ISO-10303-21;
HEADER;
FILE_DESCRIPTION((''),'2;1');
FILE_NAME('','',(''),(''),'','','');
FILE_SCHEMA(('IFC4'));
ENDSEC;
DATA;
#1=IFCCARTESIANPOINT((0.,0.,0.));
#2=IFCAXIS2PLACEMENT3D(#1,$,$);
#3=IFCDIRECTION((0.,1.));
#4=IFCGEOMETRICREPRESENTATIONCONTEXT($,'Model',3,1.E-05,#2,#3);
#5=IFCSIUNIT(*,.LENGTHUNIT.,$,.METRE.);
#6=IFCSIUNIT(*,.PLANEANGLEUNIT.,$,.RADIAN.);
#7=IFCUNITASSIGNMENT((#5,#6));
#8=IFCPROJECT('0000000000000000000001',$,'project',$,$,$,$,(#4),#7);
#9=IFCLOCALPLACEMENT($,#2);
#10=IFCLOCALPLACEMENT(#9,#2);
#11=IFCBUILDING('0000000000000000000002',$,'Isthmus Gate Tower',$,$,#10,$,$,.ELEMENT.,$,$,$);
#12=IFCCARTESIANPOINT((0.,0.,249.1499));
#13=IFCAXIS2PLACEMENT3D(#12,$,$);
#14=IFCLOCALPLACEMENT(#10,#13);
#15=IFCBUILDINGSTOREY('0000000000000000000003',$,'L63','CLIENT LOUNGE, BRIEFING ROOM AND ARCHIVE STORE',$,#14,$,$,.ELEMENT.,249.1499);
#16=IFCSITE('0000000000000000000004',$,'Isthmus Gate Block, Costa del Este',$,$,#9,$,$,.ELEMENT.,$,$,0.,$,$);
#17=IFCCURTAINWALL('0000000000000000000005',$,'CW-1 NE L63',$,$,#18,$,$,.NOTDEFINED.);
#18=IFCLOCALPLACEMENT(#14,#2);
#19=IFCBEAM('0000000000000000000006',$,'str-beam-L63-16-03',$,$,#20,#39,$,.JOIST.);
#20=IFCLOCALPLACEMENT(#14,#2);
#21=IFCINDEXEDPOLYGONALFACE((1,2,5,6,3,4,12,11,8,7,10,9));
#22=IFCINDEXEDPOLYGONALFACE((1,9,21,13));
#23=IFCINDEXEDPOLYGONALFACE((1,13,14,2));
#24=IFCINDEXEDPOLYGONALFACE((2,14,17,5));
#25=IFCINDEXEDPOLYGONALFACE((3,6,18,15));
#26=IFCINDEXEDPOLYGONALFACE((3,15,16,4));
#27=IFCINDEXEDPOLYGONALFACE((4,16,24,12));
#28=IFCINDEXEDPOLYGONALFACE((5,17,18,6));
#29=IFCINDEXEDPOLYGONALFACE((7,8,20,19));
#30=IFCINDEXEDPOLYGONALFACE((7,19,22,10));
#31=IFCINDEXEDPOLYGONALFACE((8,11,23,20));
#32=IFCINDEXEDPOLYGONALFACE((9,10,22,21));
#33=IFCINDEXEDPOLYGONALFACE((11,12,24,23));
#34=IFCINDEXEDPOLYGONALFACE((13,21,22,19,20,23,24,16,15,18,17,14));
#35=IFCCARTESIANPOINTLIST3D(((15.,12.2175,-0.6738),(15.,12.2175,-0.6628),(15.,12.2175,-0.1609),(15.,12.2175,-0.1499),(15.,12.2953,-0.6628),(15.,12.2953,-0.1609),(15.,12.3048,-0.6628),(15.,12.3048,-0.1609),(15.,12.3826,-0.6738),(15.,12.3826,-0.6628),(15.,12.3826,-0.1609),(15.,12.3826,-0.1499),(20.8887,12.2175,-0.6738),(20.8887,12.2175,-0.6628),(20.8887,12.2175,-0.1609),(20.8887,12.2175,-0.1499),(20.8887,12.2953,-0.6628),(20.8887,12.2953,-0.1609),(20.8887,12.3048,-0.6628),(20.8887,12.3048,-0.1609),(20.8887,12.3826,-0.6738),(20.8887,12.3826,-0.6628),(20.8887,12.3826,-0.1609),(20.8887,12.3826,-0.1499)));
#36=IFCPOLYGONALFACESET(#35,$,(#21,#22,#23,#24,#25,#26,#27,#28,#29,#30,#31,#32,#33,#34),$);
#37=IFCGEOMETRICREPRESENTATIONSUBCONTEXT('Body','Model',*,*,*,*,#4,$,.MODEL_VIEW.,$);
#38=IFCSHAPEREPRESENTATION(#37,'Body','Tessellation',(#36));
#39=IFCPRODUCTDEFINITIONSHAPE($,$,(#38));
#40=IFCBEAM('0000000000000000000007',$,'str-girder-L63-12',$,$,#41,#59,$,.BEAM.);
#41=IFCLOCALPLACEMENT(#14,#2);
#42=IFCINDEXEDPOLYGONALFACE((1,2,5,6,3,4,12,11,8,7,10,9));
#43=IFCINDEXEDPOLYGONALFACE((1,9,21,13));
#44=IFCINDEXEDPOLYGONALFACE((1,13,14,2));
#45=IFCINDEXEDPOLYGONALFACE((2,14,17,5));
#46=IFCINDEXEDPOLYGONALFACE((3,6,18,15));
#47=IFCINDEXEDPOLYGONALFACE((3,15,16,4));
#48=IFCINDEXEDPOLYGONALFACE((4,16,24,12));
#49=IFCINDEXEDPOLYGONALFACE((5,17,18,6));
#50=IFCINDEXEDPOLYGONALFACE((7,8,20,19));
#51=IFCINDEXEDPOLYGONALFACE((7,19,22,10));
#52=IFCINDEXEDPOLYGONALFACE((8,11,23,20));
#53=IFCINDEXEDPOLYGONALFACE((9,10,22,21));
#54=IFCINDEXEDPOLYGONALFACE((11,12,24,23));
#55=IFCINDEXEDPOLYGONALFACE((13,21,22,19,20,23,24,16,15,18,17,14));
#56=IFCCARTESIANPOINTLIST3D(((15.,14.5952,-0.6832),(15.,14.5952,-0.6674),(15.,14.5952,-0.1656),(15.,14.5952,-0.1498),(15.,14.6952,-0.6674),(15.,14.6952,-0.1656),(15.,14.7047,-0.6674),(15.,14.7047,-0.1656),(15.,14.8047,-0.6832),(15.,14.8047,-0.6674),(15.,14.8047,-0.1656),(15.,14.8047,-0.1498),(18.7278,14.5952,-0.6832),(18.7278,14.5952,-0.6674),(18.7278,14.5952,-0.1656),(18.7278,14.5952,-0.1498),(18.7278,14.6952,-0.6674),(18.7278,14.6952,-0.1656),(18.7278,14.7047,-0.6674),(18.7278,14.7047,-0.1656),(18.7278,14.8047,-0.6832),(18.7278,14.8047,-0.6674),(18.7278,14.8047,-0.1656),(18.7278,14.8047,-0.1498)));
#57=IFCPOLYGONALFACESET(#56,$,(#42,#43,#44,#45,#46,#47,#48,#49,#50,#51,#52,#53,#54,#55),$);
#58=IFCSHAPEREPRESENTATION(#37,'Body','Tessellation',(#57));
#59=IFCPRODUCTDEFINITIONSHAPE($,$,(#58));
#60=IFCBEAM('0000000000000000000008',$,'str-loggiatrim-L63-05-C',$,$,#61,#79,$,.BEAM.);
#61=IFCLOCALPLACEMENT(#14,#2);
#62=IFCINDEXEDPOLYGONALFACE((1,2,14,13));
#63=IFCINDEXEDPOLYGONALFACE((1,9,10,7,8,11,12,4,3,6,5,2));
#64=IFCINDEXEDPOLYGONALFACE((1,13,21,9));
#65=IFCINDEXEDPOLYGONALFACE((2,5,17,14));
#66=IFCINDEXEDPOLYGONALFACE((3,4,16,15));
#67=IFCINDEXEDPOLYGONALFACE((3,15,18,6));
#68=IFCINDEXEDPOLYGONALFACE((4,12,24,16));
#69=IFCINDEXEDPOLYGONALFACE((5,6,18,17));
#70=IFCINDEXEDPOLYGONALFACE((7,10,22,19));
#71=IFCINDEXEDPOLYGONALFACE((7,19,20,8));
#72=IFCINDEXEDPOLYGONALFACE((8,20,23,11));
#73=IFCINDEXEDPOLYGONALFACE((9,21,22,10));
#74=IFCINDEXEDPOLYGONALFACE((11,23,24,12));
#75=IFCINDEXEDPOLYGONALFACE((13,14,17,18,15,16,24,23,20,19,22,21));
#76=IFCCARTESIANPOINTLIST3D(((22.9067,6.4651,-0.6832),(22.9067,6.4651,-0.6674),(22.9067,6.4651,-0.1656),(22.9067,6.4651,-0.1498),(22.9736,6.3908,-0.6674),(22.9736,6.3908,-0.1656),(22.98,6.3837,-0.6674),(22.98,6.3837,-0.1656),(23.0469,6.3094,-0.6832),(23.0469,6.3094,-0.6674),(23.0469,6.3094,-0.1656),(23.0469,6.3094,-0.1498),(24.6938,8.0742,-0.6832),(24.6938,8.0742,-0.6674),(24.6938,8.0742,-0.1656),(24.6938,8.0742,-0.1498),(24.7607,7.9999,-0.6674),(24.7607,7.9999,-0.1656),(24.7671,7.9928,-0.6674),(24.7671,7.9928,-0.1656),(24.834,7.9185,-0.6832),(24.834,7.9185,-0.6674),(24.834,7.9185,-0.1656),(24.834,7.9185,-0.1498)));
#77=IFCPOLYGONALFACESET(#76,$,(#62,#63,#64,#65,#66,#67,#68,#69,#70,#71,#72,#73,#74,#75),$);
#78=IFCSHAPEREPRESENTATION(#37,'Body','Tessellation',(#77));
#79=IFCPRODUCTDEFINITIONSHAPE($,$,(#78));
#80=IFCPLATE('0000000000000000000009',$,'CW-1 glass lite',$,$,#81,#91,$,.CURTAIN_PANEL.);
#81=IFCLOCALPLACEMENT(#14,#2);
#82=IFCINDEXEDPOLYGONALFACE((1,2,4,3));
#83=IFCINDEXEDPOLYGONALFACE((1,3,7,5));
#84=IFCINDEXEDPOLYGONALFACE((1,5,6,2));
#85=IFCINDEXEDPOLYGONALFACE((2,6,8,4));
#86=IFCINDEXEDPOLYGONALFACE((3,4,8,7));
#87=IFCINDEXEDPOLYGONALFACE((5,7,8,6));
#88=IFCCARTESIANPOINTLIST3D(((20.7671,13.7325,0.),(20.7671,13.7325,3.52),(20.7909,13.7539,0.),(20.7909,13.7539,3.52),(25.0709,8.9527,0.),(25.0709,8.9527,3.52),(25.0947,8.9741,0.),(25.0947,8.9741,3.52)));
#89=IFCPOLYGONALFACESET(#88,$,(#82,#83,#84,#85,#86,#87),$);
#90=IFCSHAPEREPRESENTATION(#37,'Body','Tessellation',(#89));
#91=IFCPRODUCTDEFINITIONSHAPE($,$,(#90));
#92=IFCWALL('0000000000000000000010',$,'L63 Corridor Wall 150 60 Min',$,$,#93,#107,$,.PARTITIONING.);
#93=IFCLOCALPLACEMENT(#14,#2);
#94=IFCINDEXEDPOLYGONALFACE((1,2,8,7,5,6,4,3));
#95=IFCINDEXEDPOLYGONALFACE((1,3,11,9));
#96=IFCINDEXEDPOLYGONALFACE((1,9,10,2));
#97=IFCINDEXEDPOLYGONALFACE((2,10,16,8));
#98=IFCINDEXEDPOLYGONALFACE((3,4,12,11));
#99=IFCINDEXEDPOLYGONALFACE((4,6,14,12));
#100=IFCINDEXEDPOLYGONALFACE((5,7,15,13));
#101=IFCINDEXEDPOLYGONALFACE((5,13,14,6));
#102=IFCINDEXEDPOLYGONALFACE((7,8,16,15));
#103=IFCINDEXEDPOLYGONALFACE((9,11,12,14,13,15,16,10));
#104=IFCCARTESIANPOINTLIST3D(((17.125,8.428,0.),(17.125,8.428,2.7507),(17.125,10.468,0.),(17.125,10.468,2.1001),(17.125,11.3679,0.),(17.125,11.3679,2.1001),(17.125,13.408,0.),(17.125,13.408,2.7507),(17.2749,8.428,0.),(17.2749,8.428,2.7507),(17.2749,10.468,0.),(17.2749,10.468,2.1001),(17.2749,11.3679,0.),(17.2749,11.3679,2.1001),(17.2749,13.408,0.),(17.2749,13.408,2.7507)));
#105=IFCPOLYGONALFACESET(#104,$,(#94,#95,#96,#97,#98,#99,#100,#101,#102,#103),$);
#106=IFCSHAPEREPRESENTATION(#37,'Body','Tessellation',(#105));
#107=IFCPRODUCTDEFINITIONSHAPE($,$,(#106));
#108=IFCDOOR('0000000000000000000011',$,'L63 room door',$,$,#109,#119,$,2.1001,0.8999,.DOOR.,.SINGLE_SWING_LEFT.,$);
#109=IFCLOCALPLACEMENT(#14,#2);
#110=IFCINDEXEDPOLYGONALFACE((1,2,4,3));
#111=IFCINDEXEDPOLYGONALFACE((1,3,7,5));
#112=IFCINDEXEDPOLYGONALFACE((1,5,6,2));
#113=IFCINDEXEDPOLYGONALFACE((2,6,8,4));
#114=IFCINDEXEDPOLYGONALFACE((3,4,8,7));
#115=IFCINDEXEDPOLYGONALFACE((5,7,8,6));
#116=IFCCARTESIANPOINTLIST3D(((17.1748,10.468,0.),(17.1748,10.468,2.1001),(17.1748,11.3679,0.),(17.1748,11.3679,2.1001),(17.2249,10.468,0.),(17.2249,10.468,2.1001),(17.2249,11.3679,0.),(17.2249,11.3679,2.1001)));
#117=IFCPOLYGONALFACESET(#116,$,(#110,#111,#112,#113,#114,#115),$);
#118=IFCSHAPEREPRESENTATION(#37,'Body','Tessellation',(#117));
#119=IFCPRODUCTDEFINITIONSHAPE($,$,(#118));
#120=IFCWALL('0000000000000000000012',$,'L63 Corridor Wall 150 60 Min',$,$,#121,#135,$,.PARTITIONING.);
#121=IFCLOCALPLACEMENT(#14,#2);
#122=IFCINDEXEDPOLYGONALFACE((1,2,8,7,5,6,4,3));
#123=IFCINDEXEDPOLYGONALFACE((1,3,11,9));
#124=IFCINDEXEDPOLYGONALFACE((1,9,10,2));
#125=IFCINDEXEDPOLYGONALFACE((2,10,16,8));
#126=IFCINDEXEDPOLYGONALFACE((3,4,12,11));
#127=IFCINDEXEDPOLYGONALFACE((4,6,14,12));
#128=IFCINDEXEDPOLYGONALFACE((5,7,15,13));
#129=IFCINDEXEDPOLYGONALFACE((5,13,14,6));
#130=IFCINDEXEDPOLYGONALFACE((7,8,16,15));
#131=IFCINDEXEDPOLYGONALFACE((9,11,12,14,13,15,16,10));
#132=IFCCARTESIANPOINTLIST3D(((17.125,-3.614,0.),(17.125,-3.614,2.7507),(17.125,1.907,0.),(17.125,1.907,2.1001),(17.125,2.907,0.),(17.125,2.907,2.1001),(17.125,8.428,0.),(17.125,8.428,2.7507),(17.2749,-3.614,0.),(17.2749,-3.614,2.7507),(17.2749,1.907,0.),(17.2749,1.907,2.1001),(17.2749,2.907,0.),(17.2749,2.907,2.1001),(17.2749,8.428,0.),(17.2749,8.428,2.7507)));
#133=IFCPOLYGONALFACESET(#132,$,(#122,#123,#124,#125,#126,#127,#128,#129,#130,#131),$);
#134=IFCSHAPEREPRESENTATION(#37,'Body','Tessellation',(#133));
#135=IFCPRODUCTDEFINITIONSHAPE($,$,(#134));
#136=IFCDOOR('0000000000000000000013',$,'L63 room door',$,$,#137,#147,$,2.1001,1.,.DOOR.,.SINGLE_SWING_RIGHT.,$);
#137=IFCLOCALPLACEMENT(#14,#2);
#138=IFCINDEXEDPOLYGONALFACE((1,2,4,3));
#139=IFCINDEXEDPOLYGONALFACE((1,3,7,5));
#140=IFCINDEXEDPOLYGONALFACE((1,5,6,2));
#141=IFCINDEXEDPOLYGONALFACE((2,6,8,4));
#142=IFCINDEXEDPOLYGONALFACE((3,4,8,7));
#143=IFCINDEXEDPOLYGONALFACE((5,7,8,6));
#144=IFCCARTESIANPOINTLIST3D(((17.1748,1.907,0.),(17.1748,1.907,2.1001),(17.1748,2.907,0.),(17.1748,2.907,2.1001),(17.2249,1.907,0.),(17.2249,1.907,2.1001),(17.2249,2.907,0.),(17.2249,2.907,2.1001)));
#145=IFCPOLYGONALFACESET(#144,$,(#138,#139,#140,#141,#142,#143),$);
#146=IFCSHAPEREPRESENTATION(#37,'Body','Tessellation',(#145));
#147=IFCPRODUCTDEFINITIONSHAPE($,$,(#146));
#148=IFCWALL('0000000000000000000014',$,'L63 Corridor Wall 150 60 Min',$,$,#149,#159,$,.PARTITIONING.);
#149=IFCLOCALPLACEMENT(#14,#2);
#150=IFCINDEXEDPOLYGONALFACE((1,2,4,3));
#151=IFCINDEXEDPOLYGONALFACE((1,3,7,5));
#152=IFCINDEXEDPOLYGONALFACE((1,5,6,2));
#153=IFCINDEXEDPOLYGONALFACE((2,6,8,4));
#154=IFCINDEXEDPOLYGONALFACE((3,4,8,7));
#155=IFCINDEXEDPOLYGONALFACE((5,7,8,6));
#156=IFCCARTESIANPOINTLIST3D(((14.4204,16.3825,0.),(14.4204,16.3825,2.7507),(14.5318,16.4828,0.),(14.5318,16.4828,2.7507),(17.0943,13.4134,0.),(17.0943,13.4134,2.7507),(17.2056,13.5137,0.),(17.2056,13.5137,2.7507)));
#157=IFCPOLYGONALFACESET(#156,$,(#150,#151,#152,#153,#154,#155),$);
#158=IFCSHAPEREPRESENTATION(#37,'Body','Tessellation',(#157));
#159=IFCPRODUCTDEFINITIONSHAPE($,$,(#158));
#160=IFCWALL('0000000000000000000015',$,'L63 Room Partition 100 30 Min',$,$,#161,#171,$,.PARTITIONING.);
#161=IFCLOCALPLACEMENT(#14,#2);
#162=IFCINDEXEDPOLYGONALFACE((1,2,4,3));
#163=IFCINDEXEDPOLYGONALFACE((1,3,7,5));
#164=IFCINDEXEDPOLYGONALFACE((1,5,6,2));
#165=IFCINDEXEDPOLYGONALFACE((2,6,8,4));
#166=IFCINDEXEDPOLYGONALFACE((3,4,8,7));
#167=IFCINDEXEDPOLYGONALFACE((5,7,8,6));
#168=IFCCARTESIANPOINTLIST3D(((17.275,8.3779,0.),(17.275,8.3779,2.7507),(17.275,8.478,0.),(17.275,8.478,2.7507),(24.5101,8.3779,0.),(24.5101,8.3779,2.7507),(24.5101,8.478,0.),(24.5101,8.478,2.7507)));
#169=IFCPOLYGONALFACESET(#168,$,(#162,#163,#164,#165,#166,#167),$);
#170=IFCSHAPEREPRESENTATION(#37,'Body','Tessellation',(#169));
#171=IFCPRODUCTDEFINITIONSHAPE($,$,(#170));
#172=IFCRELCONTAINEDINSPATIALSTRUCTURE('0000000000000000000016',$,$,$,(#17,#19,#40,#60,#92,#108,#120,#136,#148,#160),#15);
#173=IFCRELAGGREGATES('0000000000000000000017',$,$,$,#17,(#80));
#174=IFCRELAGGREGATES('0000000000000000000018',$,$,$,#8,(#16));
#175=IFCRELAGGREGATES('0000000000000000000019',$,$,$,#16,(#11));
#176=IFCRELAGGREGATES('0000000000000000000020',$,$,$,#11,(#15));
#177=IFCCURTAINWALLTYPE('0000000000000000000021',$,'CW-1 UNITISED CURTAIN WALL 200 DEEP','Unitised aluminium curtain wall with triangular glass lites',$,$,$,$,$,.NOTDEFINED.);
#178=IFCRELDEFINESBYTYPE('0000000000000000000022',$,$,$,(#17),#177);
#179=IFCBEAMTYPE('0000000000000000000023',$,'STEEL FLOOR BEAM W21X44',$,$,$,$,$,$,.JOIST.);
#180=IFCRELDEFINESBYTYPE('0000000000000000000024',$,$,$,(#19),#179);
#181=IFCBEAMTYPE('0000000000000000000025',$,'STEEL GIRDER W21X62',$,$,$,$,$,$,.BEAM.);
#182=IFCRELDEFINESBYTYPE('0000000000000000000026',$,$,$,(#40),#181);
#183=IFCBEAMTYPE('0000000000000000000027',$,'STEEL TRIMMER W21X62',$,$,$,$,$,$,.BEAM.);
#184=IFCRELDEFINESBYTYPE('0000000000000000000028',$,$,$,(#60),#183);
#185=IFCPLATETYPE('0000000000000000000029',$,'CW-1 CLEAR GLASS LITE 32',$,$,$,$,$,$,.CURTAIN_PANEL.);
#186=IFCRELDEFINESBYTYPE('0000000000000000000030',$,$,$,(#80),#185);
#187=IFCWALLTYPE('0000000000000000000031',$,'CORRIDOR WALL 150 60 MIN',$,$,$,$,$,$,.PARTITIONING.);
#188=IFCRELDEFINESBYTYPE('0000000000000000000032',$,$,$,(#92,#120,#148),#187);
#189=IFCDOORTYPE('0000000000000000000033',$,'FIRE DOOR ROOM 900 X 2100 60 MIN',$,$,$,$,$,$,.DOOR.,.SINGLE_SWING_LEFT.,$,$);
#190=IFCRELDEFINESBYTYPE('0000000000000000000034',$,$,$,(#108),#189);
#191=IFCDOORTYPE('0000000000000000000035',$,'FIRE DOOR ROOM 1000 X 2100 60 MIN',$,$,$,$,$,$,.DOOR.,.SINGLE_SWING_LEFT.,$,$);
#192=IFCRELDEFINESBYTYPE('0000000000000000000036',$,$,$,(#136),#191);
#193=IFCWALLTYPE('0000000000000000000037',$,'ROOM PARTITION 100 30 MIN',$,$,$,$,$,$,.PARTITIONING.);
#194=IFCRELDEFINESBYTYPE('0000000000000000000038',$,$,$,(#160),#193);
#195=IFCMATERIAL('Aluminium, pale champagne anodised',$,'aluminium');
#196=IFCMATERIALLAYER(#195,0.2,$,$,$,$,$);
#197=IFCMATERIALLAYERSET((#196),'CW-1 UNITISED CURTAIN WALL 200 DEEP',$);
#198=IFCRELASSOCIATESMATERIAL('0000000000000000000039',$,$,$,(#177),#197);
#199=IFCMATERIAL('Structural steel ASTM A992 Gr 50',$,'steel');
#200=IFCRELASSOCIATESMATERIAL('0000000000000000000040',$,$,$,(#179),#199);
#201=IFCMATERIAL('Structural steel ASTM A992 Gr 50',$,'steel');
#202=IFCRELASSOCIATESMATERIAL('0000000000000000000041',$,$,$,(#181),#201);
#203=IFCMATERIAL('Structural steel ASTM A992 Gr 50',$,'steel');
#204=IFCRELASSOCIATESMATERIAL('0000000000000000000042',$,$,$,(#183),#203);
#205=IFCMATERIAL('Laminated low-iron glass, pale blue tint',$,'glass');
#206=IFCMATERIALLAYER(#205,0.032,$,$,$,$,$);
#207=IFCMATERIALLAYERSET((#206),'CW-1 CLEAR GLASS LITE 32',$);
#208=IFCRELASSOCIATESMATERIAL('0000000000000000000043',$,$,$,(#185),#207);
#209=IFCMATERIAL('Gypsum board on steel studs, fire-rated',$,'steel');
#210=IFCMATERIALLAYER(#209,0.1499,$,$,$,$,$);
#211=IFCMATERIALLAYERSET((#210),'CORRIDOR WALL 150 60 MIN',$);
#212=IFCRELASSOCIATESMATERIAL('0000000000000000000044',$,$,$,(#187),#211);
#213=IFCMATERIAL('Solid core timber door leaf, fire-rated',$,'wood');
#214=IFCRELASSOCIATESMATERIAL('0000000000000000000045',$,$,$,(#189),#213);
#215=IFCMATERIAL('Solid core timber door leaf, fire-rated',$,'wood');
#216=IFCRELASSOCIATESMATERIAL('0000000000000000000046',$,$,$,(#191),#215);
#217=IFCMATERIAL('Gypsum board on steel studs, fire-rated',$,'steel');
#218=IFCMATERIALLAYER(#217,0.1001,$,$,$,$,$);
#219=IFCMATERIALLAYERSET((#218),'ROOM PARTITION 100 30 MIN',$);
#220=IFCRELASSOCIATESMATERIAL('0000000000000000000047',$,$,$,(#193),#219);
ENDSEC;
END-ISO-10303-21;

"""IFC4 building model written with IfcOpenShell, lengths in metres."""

from ifc_helpers import new_model, si_unit, direction, frame, frame_2d, origin, origin_2d, place, context, subcontext, project, spatial, rectangle, i_section, extrude, material, layer, layer_set, material_profile, profile_set, type_object, element, fill, aggregate, save


model = new_model("IFC4")

# Units and contexts
model_context = context("Model", 3, precision=1e-05, world=origin(), true_north=direction((0.0, 1.0)))
body_context = subcontext(model_context, "Body", "Model", "MODEL_VIEW")
ifc_project = project(units=[si_unit("LENGTHUNIT", "METRE"), si_unit("PLANEANGLEUNIT", "RADIAN")], contexts=[model_context])

# Site, building, storey
site_placement = place(None, origin())
site = spatial("IfcSite", under=ifc_project, at=site_placement, Name="Isthmus Gate Block, Costa del Este", CompositionType="ELEMENT", RefElevation=0.0)
building_placement = place(site_placement, origin())
building = spatial("IfcBuilding", under=site, at=building_placement, Name="Isthmus Gate Tower", CompositionType="ELEMENT")
storey_placement = place(building_placement, frame((0.0, 0.0, 249.1499)))
storey = spatial("IfcBuildingStorey", under=building, at=storey_placement, Name="L63", Description="CLIENT LOUNGE, BRIEFING ROOM AND ARCHIVE STORE", CompositionType="ELEMENT", Elevation=249.1499)

# Curtain wall
ifc_material_1 = material(Name="Aluminium, pale champagne anodised", Category="aluminium")
ifc_layer_1 = layer(ifc_material_1, 0.2)
ifc_layer_set_1 = layer_set([ifc_layer_1], Name="CW-1 UNITISED CURTAIN WALL 200 DEEP")
curtain_wall_type = type_object("IfcCurtainWallType", Name="CW-1 UNITISED CURTAIN WALL 200 DEEP", Description="Unitised aluminium curtain wall with triangular glass lites", PredefinedType="NOTDEFINED", material=ifc_layer_set_1)
curtain_wall_placement = place(storey_placement, origin())
curtain_wall = element("IfcCurtainWall", 1, at=curtain_wall_placement, inside=storey, type_object=curtain_wall_type, Name="CW-1 NE L63", PredefinedType="NOTDEFINED")

# Beams
ifc_material_2 = material(Name="Structural steel ASTM A992 Gr 50", Category="steel")
ifc_material_profile_1 = material_profile(ifc_material_2, i_section(OverallWidth=0.165, OverallDepth=0.5239, WebThickness=0.0095, FlangeThickness=0.011, at=origin_2d()), Name="W21X44")
ifc_profile_set_1 = profile_set([ifc_material_profile_1], Name="Structural steel ASTM A992 Gr 50")
beam_type_1 = type_object("IfcBeamType", Name="STEEL FLOOR BEAM W21X44", PredefinedType="JOIST", material=ifc_profile_set_1)
beam_1_placement = place(storey_placement, frame((15.0, 12.3, -0.4119), z_axis=(1.0, 0.0, 0.0), x_axis=(0.0, 1.0, 0.0)))
element("IfcBeam", 2, at=beam_1_placement, inside=storey, type_object=beam_type_1, Name="str-beam-L63-16-03", PredefinedType="JOIST", context=body_context, shape_type="SweptSolid", body=[
    extrude(i_section(OverallWidth=0.165, OverallDepth=0.5239, WebThickness=0.0095, FlangeThickness=0.011, at=origin_2d()), origin(), (0.0, 0.0, 1.0), 5.8887),
])
ifc_material_3 = material(Name="Structural steel ASTM A992 Gr 50", Category="steel")
ifc_material_profile_2 = material_profile(ifc_material_3, i_section(OverallWidth=0.2095, OverallDepth=0.5334, WebThickness=0.0095, FlangeThickness=0.0159, at=origin_2d()), Name="W21X62")
ifc_profile_set_2 = profile_set([ifc_material_profile_2], Name="Structural steel ASTM A992 Gr 50")
beam_type_2 = type_object("IfcBeamType", Name="STEEL GIRDER W21X62", PredefinedType="BEAM", material=ifc_profile_set_2)
beam_2_placement = place(storey_placement, frame((15.0, 14.7, -0.4165), z_axis=(1.0, 0.0, 0.0), x_axis=(0.0, 1.0, 0.0)))
element("IfcBeam", 3, at=beam_2_placement, inside=storey, type_object=beam_type_2, Name="str-girder-L63-12", PredefinedType="BEAM", context=body_context, shape_type="SweptSolid", body=[
    extrude(i_section(OverallWidth=0.2095, OverallDepth=0.5334, WebThickness=0.0095, FlangeThickness=0.0159, at=origin_2d()), origin(), (0.0, 0.0, 1.0), 3.7278),
])
ifc_material_4 = material(Name="Structural steel ASTM A992 Gr 50", Category="steel")
ifc_material_profile_3 = material_profile(ifc_material_4, i_section(OverallWidth=0.2095, OverallDepth=0.5334, WebThickness=0.0095, FlangeThickness=0.0159, at=origin_2d()), Name="W21X62")
ifc_profile_set_3 = profile_set([ifc_material_profile_3], Name="Structural steel ASTM A992 Gr 50")
beam_type_3 = type_object("IfcBeamType", Name="STEEL TRIMMER W21X62", PredefinedType="BEAM", material=ifc_profile_set_3)
beam_3_placement = place(storey_placement, frame((24.7639, 7.9963, -0.4165), z_axis=(-0.743143, -0.669133, 0.0), x_axis=(0.669133, -0.743143, 0.0)))
element("IfcBeam", 4, at=beam_3_placement, inside=storey, type_object=beam_type_3, Name="str-loggiatrim-L63-05-C", PredefinedType="BEAM", context=body_context, shape_type="SweptSolid", body=[
    extrude(i_section(OverallWidth=0.2095, OverallDepth=0.5334, WebThickness=0.0095, FlangeThickness=0.0159, at=origin_2d()), origin(), (0.0, 0.0, 1.0), 2.4048),
])

# Plate
ifc_material_5 = material(Name="Laminated low-iron glass, pale blue tint", Category="glass")
ifc_layer_2 = layer(ifc_material_5, 0.032)
ifc_layer_set_2 = layer_set([ifc_layer_2], Name="CW-1 CLEAR GLASS LITE 32")
plate_type = type_object("IfcPlateType", Name="CW-1 CLEAR GLASS LITE 32", PredefinedType="CURTAIN_PANEL", material=ifc_layer_set_2)
plate_placement = place(storey_placement, frame((22.9309, 11.3533, 0.0), z_axis=(0.0, 0.0, 1.0), x_axis=(-0.669131, 0.743145, 0.0)))
plate = element("IfcPlate", 5, at=plate_placement, type_object=plate_type, Name="CW-1 glass lite", PredefinedType="CURTAIN_PANEL", context=body_context, shape_type="SweptSolid", body=[
    extrude(rectangle(XDim=6.4319, YDim=0.032, at=origin_2d()), origin(), (0.0, 0.0, 1.0), 3.52),
])

# Walls, openings, doors
ifc_material_6 = material(Name="Gypsum board on steel studs, fire-rated", Category="steel")
ifc_layer_3 = layer(ifc_material_6, 0.1499)
ifc_layer_set_3 = layer_set([ifc_layer_3], Name="CORRIDOR WALL 150 60 MIN")
wall_type_1 = type_object("IfcWallType", Name="CORRIDOR WALL 150 60 MIN", PredefinedType="PARTITIONING", material=ifc_layer_set_3)
wall_1_placement = place(storey_placement, frame((17.2, 13.408, 0.0), z_axis=(0.0, 0.0, 1.0), x_axis=(0.0, -1.0, 0.0)))
wall_1 = element("IfcWall", 6, at=wall_1_placement, inside=storey, type_object=wall_type_1, Name="L63 Corridor Wall 150 60 Min", PredefinedType="PARTITIONING", context=body_context, shape_type="SweptSolid", body=[
    extrude(rectangle(XDim=4.98, YDim=0.1499, at=frame_2d((2.49, 0.0))), origin(), (0.0, 0.0, 1.0), 2.7507),
])
opening_1_placement = place(wall_1_placement, frame((2.04, 0.0, 0.0)))
opening_1 = element("IfcOpeningElement", 7, at=opening_1_placement, cuts=wall_1, PredefinedType="OPENING", context=body_context, shape_type="SweptSolid", body=[
    extrude(rectangle(XDim=0.8999, YDim=2.1001, at=frame_2d((0.45, 1.05))), frame((0.0, 0.085, 0.0), z_axis=(0.0, -1.0, 0.0), x_axis=(1.0, 0.0, 0.0)), (0.0, 0.0, 1.0), 0.1699),
])
ifc_material_7 = material(Name="Solid core timber door leaf, fire-rated", Category="wood")
door_type_1 = type_object("IfcDoorType", Name="FIRE DOOR ROOM 900 X 2100 60 MIN", OperationType="SINGLE_SWING_LEFT", PredefinedType="DOOR", material=ifc_material_7)
door_1_placement = place(opening_1_placement, origin())
door_1 = element("IfcDoor", 8, at=door_1_placement, inside=storey, type_object=door_type_1, Name="L63 room door", OperationType="SINGLE_SWING_LEFT", OverallHeight=2.1001, OverallWidth=0.8999, PredefinedType="DOOR", context=body_context, shape_type="SweptSolid", body=[
    extrude(rectangle(XDim=0.8999, YDim=2.1001, at=frame_2d((0.45, 1.05))), frame((0.0, 0.0249, 0.0), z_axis=(0.0, -1.0, 0.0), x_axis=(1.0, 0.0, 0.0)), (0.0, 0.0, 1.0), 0.05),
])
fill(opening_1, door_1)
wall_2_placement = place(storey_placement, frame((17.2, 8.428, 0.0), z_axis=(0.0, 0.0, 1.0), x_axis=(0.0, -1.0, 0.0)))
wall_2 = element("IfcWall", 9, at=wall_2_placement, inside=storey, type_object=wall_type_1, Name="L63 Corridor Wall 150 60 Min", PredefinedType="PARTITIONING", context=body_context, shape_type="SweptSolid", body=[
    extrude(rectangle(XDim=12.042, YDim=0.1499, at=frame_2d((6.021, 0.0))), origin(), (0.0, 0.0, 1.0), 2.7507),
])
opening_2_placement = place(wall_2_placement, frame((5.521, 0.0, 0.0)))
opening_2 = element("IfcOpeningElement", 10, at=opening_2_placement, cuts=wall_2, PredefinedType="OPENING", context=body_context, shape_type="SweptSolid", body=[
    extrude(rectangle(XDim=1.0, YDim=2.1001, at=frame_2d((0.5, 1.05))), frame((0.0, 0.085, 0.0), z_axis=(0.0, -1.0, 0.0), x_axis=(1.0, 0.0, 0.0)), (0.0, 0.0, 1.0), 0.1699),
])
ifc_material_8 = material(Name="Solid core timber door leaf, fire-rated", Category="wood")
door_type_2 = type_object("IfcDoorType", Name="FIRE DOOR ROOM 1000 X 2100 60 MIN", OperationType="SINGLE_SWING_LEFT", PredefinedType="DOOR", material=ifc_material_8)
door_2_placement = place(opening_2_placement, origin())
door_2 = element("IfcDoor", 11, at=door_2_placement, inside=storey, type_object=door_type_2, Name="L63 room door", OperationType="SINGLE_SWING_RIGHT", OverallHeight=2.1001, OverallWidth=1.0, PredefinedType="DOOR", context=body_context, shape_type="SweptSolid", body=[
    extrude(rectangle(XDim=1.0, YDim=2.1001, at=frame_2d((0.5, 1.05))), frame((0.0, 0.0249, 0.0), z_axis=(0.0, -1.0, 0.0), x_axis=(1.0, 0.0, 0.0)), (0.0, 0.0, 1.0), 0.05),
])
fill(opening_2, door_2)

# Walls
wall_3_placement = place(storey_placement, frame((14.4761, 16.4326, 0.0), z_axis=(0.0, 0.0, 1.0), x_axis=(0.669204, -0.743078, 0.0)))
element("IfcWall", 12, at=wall_3_placement, inside=storey, type_object=wall_type_1, Name="L63 Corridor Wall 150 60 Min", PredefinedType="PARTITIONING", context=body_context, shape_type="SweptSolid", body=[
    extrude(rectangle(XDim=3.9956, YDim=0.1499, at=frame_2d((1.9978, 0.0))), origin(), (0.0, 0.0, 1.0), 2.7507),
])
ifc_material_9 = material(Name="Gypsum board on steel studs, fire-rated", Category="steel")
ifc_layer_4 = layer(ifc_material_9, 0.1001)
ifc_layer_set_4 = layer_set([ifc_layer_4], Name="ROOM PARTITION 100 30 MIN")
wall_type_2 = type_object("IfcWallType", Name="ROOM PARTITION 100 30 MIN", PredefinedType="PARTITIONING", material=ifc_layer_set_4)
wall_4_placement = place(storey_placement, frame((17.2749, 8.428, 0.0), z_axis=(0.0, 0.0, 1.0), x_axis=(1.0, 0.0, 0.0)))
element("IfcWall", 13, at=wall_4_placement, inside=storey, type_object=wall_type_2, Name="L63 Room Partition 100 30 Min", PredefinedType="PARTITIONING", context=body_context, shape_type="SweptSolid", body=[
    extrude(rectangle(XDim=7.2351, YDim=0.1001, at=frame_2d((3.6177, 0.0))), origin(), (0.0, 0.0, 1.0), 2.7507),
])

aggregate(curtain_wall, [plate])

save(model, "model.ifc")
